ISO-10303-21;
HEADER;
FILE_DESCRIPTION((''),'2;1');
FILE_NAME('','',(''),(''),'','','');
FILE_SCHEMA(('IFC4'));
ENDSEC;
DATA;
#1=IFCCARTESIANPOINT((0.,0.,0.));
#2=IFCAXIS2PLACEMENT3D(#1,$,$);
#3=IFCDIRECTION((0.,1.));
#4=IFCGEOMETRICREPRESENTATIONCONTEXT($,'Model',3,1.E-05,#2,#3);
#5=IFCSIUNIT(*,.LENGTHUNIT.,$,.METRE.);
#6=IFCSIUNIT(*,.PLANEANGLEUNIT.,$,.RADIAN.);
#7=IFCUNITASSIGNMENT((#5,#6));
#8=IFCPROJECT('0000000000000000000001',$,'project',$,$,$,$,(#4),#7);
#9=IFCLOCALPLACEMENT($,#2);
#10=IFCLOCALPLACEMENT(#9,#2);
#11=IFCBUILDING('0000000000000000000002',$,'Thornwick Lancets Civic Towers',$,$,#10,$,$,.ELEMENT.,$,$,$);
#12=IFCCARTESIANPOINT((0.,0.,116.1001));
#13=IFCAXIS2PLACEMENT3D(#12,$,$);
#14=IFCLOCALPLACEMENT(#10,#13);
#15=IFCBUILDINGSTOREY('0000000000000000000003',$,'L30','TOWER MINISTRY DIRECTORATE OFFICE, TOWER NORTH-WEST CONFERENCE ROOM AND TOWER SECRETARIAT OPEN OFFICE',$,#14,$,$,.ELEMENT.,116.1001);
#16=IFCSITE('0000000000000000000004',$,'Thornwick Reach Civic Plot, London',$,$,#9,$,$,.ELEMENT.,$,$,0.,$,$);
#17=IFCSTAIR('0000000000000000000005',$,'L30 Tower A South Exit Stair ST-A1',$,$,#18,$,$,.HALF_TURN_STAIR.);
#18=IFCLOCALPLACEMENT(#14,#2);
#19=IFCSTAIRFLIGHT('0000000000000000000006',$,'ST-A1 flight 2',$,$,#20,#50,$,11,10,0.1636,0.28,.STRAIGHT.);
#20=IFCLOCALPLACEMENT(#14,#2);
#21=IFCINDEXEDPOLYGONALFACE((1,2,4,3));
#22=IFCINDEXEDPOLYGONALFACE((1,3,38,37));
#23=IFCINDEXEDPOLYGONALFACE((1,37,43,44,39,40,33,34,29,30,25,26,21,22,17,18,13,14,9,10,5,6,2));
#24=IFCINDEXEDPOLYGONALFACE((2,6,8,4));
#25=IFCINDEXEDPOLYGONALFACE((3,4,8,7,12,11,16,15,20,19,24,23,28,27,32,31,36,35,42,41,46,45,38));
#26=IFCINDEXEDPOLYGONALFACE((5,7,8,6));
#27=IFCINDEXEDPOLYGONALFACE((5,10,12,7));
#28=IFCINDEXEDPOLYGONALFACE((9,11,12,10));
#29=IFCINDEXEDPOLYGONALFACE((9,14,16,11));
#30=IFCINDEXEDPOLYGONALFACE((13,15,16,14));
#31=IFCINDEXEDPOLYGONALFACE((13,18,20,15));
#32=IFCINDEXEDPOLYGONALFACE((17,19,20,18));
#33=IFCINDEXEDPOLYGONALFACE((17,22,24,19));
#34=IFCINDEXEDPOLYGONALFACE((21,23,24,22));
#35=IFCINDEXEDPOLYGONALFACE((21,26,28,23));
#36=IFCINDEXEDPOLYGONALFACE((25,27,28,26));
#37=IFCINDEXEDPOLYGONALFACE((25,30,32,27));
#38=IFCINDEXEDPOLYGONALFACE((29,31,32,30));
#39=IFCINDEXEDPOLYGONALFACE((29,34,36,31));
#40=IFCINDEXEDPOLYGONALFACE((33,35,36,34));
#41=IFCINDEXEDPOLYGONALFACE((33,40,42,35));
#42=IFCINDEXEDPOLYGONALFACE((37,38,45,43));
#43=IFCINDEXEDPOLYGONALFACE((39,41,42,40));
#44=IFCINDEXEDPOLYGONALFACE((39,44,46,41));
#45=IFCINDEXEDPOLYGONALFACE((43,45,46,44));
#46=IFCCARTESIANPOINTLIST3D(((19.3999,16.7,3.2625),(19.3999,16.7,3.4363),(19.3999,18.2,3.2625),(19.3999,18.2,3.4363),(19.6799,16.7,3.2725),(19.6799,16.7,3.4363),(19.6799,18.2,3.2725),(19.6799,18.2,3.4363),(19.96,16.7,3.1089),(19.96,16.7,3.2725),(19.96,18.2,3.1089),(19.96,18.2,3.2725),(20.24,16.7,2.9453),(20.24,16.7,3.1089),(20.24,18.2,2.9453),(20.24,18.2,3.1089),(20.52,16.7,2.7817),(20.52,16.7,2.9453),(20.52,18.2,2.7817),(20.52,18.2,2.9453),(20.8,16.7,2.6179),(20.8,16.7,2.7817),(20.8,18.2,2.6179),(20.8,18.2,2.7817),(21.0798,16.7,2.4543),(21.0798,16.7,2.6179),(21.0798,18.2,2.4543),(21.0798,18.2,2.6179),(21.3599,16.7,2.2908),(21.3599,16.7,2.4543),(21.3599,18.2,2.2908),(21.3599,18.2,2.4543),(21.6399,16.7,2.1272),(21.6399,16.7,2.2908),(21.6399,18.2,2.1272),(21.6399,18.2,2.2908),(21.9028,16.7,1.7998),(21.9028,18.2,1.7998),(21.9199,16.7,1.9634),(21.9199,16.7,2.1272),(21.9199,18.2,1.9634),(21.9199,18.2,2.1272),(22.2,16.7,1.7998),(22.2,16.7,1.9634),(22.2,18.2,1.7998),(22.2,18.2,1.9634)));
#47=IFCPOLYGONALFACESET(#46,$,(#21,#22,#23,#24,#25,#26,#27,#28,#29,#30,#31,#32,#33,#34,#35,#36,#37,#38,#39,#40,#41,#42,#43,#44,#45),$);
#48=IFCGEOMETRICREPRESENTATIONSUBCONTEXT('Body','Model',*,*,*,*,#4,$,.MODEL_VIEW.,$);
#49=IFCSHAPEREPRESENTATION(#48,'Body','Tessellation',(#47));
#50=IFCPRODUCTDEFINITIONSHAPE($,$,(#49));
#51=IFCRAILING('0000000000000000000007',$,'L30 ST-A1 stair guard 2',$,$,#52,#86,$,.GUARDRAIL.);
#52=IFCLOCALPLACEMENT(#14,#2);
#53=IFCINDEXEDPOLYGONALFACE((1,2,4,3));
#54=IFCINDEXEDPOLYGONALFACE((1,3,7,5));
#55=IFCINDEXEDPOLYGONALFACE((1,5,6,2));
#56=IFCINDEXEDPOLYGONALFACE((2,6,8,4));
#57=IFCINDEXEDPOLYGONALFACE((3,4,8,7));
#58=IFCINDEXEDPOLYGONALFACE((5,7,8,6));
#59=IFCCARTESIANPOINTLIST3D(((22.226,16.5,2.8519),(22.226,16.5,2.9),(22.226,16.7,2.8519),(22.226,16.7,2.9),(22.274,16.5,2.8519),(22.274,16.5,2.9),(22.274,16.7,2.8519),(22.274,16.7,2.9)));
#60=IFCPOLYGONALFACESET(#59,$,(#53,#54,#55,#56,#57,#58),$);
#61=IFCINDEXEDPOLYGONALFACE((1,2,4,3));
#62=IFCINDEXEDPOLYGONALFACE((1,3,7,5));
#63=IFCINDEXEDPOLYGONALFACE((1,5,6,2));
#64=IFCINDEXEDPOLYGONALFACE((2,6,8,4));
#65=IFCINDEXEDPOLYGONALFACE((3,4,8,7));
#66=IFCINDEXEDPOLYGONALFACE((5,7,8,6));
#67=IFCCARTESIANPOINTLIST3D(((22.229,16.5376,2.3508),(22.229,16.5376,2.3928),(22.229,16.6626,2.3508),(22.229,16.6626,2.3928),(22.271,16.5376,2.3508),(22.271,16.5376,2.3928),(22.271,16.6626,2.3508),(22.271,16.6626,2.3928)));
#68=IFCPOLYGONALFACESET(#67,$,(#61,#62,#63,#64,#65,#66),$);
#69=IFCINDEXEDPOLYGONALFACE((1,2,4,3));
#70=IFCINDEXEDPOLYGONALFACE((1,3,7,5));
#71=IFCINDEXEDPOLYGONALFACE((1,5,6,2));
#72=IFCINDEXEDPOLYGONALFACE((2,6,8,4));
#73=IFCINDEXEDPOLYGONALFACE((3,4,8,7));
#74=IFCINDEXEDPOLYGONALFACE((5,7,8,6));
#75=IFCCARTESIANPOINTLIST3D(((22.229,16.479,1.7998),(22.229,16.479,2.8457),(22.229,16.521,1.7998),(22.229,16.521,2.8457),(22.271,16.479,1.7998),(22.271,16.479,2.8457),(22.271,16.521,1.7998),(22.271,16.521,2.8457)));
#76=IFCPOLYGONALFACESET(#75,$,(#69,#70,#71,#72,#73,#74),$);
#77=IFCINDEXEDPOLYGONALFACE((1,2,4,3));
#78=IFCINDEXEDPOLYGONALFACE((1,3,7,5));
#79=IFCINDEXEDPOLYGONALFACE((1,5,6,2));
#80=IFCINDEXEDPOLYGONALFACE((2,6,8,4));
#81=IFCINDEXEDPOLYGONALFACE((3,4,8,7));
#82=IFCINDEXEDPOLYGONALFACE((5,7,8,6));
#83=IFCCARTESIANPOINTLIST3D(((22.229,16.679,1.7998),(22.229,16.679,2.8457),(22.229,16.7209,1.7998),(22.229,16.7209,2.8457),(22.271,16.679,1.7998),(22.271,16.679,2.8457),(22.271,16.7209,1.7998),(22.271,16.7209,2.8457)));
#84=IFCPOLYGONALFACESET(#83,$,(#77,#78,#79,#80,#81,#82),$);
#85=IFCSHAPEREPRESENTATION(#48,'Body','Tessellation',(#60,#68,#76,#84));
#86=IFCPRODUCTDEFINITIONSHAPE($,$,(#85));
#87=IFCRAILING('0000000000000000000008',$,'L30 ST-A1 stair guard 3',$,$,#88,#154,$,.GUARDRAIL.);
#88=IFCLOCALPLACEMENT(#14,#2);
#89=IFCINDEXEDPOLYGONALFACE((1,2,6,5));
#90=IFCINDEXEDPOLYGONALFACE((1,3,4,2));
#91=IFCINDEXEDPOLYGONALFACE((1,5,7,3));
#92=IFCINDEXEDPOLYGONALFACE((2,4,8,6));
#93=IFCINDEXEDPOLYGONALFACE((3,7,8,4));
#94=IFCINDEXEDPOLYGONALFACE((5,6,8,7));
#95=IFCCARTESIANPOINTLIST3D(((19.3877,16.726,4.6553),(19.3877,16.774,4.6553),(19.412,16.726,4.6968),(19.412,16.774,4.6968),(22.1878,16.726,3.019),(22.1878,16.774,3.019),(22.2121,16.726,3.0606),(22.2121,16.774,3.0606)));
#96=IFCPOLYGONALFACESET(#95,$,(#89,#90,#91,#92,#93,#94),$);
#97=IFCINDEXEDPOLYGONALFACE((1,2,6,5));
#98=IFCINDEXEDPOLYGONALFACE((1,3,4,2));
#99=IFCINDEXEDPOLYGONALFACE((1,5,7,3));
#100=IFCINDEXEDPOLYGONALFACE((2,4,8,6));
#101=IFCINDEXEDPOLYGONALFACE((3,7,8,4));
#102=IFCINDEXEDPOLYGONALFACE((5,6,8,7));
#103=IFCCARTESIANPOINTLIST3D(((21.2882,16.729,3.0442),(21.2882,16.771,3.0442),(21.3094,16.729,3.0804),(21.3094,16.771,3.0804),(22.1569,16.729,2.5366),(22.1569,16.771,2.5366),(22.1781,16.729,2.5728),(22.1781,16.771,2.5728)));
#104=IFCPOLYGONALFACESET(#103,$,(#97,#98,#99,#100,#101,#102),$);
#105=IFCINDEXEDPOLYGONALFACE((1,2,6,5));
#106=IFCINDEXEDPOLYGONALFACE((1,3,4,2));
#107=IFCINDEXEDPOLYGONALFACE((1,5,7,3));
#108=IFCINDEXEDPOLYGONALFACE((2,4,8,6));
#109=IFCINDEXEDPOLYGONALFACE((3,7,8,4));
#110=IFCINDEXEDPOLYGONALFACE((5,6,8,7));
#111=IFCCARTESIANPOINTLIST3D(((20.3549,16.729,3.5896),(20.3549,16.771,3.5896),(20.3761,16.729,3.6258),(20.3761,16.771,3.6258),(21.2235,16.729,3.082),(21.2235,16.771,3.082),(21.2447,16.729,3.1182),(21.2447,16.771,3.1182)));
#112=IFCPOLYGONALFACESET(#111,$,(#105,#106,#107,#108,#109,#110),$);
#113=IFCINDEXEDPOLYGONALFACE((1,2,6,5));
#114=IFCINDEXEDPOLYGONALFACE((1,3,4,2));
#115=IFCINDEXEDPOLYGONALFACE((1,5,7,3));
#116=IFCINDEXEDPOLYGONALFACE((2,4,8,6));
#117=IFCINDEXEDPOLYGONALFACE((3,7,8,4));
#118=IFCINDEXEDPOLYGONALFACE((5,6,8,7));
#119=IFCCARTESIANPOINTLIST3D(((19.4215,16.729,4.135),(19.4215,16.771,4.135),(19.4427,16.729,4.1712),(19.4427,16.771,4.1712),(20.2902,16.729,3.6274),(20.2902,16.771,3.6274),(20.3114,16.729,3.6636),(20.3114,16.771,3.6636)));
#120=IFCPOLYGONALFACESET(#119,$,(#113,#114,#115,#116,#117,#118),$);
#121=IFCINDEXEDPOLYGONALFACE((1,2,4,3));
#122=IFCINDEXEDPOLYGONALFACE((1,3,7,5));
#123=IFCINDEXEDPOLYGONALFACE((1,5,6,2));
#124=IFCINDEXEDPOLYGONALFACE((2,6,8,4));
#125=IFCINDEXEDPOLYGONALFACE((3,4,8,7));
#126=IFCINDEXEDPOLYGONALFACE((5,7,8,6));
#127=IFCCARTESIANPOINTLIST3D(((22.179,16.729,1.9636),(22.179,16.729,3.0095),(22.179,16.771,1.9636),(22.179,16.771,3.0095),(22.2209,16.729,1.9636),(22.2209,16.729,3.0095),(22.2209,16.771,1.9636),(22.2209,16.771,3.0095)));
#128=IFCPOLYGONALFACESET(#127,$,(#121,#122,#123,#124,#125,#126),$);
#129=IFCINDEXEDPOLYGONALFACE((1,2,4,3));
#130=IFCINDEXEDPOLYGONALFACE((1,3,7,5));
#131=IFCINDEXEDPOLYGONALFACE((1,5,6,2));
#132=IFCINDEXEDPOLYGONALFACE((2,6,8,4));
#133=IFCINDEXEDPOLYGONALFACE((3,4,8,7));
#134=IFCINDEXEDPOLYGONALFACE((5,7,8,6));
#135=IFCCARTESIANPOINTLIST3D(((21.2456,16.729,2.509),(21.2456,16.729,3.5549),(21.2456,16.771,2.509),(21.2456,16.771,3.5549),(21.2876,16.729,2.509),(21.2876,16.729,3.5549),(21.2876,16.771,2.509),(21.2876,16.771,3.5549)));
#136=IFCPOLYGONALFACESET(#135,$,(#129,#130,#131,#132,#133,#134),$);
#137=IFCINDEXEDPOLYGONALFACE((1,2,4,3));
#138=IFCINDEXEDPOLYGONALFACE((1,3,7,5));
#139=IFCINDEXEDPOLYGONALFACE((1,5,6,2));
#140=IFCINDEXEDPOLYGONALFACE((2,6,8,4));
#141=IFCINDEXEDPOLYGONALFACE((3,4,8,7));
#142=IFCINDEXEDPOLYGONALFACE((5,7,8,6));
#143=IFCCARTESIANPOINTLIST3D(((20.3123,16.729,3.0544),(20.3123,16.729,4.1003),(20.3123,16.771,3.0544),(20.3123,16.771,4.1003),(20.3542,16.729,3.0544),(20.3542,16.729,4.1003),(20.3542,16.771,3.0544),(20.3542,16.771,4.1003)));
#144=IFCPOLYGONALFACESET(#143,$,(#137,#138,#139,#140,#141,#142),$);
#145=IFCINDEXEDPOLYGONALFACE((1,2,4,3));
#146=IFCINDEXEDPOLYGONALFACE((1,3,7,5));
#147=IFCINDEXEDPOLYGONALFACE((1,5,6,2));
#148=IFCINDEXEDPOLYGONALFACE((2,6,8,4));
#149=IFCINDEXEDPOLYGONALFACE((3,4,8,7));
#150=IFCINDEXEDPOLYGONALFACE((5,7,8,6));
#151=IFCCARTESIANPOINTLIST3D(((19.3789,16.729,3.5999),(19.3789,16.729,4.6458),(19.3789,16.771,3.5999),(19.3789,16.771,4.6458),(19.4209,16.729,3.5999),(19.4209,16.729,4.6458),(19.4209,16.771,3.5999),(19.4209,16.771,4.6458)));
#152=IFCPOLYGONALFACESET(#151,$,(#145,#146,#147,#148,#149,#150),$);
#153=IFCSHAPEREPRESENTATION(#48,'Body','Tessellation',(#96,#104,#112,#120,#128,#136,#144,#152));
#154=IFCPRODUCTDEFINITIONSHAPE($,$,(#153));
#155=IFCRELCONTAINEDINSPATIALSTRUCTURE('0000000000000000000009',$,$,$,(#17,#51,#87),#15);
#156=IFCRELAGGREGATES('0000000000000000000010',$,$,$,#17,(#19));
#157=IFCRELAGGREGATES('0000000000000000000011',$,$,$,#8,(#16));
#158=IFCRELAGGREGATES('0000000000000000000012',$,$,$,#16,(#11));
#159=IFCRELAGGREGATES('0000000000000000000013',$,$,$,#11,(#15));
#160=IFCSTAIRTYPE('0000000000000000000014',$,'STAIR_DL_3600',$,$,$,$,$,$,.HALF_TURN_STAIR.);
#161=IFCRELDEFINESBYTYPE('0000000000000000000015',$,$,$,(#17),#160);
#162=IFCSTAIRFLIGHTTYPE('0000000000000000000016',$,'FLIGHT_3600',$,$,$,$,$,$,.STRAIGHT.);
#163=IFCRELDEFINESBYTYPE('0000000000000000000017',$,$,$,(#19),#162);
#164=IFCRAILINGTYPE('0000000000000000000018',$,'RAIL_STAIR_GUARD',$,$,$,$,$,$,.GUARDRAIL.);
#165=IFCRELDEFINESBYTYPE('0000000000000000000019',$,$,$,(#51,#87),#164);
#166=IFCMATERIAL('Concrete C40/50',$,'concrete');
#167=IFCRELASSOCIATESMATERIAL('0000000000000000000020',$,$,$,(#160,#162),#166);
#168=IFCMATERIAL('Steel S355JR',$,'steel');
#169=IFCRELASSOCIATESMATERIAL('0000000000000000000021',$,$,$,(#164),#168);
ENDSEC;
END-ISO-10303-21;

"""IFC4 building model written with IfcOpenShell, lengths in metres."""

from ifc_helpers import new_model, si_unit, direction, frame, origin, origin_2d, place, context, subcontext, project, spatial, polyline, rectangle, outline, extrude, material, type_object, element, aggregate, save


model = new_model("IFC4")

# Units and contexts
model_context = context("Model", 3, precision=1e-05, world=origin(), true_north=direction((0.0, 1.0)))
body_context = subcontext(model_context, "Body", "Model", "MODEL_VIEW")
ifc_project = project(units=[si_unit("LENGTHUNIT", "METRE"), si_unit("PLANEANGLEUNIT", "RADIAN")], contexts=[model_context])

# Site, building, storey
site_placement = place(None, origin())
site = spatial("IfcSite", under=ifc_project, at=site_placement, Name="Thornwick Reach Civic Plot, London", CompositionType="ELEMENT", RefElevation=0.0)
building_placement = place(site_placement, origin())
building = spatial("IfcBuilding", under=site, at=building_placement, Name="Thornwick Lancets Civic Towers", CompositionType="ELEMENT")
storey_placement = place(building_placement, frame((0.0, 0.0, 116.1001)))
storey = spatial("IfcBuildingStorey", under=building, at=storey_placement, Name="L30", Description="TOWER MINISTRY DIRECTORATE OFFICE, TOWER NORTH-WEST CONFERENCE ROOM AND TOWER SECRETARIAT OPEN OFFICE", CompositionType="ELEMENT", Elevation=116.1001)

# Shared definitions
ifc_material_1 = material(Name="Steel S355JR", Category="steel")
ifc_material_2 = material(Name="Concrete C40/50", Category="concrete")

# Stair, stair flight
stair_type = type_object("IfcStairType", Name="STAIR_DL_3600", PredefinedType="HALF_TURN_STAIR", material=ifc_material_2)
stair_placement = place(storey_placement, origin())
stair = element("IfcStair", 1, at=stair_placement, inside=storey, type_object=stair_type, Name="L30 Tower A South Exit Stair ST-A1", PredefinedType="HALF_TURN_STAIR")
stair_flight_type = type_object("IfcStairFlightType", Name="FLIGHT_3600", PredefinedType="STRAIGHT", material=ifc_material_2)
stair_flight_placement = place(storey_placement, frame((22.2, 17.45, 1.7998), z_axis=(0.0, 0.0, 1.0), x_axis=(-1.0, 0.0, 0.0)))
stair_flight = element("IfcStairFlight", 2, at=stair_flight_placement, type_object=stair_flight_type, Name="ST-A1 flight 2", NumberOfRisers=11, NumberOfTreads=10, PredefinedType="STRAIGHT", RiserHeight=0.1636, TreadLength=0.28, context=body_context, shape_type="SweptSolid", body=[
    extrude(outline(polyline([(0.0, 0.0), (0.0, 0.1636), (0.28, 0.1636), (0.28, 0.3274), (0.5601, 0.3274), (0.5601, 0.491), (0.8401, 0.491), (0.8401, 0.6545), (1.1201, 0.6545), (1.1201, 0.8181), (1.3999, 0.8181), (1.3999, 0.9819), (1.6799, 0.9819), (1.6799, 1.1455), (1.96, 1.1455), (1.96, 1.3091), (2.24, 1.3091), (2.24, 1.4727), (2.52, 1.4727), (2.52, 1.6365), (2.8, 1.6365), (2.8, 1.8), (2.8, 1.4626), (0.2971, 0.0), (0.0, 0.0)])), frame((0.0, 0.75, 0.0), z_axis=(0.0, -1.0, 0.0), x_axis=(1.0, 0.0, 0.0)), (0.0, 0.0, 1.0), 1.5),
])
aggregate(stair, [stair_flight])

# Railings
railing_type = type_object("IfcRailingType", Name="RAIL_STAIR_GUARD", PredefinedType="GUARDRAIL", material=ifc_material_1)
railing_1_placement = place(storey_placement, frame((22.25, 16.5, 1.7998)))
element("IfcRailing", 3, at=railing_1_placement, inside=storey, type_object=railing_type, Name="L30 ST-A1 stair guard 2", PredefinedType="GUARDRAIL", context=body_context, shape_type="SweptSolid", body=[
    extrude(rectangle(XDim=0.0481, YDim=0.0481, at=origin_2d()), frame((0.0, 0.0, 1.0762), z_axis=(0.0, 1.0, 0.0), x_axis=(-1.0, 0.0, 0.0)), (0.0, 0.0, 1.0), 0.2),
    extrude(rectangle(XDim=0.042, YDim=0.042, at=origin_2d()), frame((0.0, 0.0376, 0.572), z_axis=(0.0, 1.0, 0.0), x_axis=(-1.0, 0.0, 0.0)), (0.0, 0.0, 1.0), 0.125),
    extrude(rectangle(XDim=0.042, YDim=0.042, at=origin_2d()), origin(), (0.0, 0.0, 1.0), 1.0459),
    extrude(rectangle(XDim=0.042, YDim=0.042, at=origin_2d()), frame((0.0, 0.2, 0.0)), (0.0, 0.0, 1.0), 1.0459),
])
railing_2_placement = place(storey_placement, frame((22.2, 16.75, 1.9636)))
element("IfcRailing", 4, at=railing_2_placement, inside=storey, type_object=railing_type, Name="L30 ST-A1 stair guard 3", PredefinedType="GUARDRAIL", context=body_context, shape_type="SweptSolid", body=[
    extrude(rectangle(XDim=0.0481, YDim=0.0481, at=origin_2d()), frame((0.0, 0.0, 1.0762), z_axis=(-0.863394, 0.0, 0.504531), x_axis=(0.0, -1.0, 0.0)), (0.0, 0.0, 1.0), 3.2432),
    extrude(rectangle(XDim=0.042, YDim=0.042, at=origin_2d()), frame((-0.0325, 0.0, 0.5911), z_axis=(-0.863394, 0.0, 0.504531), x_axis=(0.0, -1.0, 0.0)), (0.0, 0.0, 1.0), 1.0061),
    extrude(rectangle(XDim=0.042, YDim=0.042, at=origin_2d()), frame((-0.9658, 0.0, 1.1365), z_axis=(-0.863394, 0.0, 0.504531), x_axis=(0.0, -1.0, 0.0)), (0.0, 0.0, 1.0), 1.0061),
    extrude(rectangle(XDim=0.042, YDim=0.042, at=origin_2d()), frame((-1.8992, 0.0, 1.6819), z_axis=(-0.863394, 0.0, 0.504531), x_axis=(0.0, -1.0, 0.0)), (0.0, 0.0, 1.0), 1.0061),
    extrude(rectangle(XDim=0.042, YDim=0.042, at=origin_2d()), origin(), (0.0, 0.0, 1.0), 1.0459),
    extrude(rectangle(XDim=0.042, YDim=0.042, at=origin_2d()), frame((-0.9333, 0.0, 0.5454)), (0.0, 0.0, 1.0), 1.0459),
    extrude(rectangle(XDim=0.042, YDim=0.042, at=origin_2d()), frame((-1.8667, 0.0, 1.0908)), (0.0, 0.0, 1.0), 1.0459),
    extrude(rectangle(XDim=0.042, YDim=0.042, at=origin_2d()), frame((-2.8, 0.0, 1.6362)), (0.0, 0.0, 1.0), 1.0459),
])

save(model, "model.ifc")
